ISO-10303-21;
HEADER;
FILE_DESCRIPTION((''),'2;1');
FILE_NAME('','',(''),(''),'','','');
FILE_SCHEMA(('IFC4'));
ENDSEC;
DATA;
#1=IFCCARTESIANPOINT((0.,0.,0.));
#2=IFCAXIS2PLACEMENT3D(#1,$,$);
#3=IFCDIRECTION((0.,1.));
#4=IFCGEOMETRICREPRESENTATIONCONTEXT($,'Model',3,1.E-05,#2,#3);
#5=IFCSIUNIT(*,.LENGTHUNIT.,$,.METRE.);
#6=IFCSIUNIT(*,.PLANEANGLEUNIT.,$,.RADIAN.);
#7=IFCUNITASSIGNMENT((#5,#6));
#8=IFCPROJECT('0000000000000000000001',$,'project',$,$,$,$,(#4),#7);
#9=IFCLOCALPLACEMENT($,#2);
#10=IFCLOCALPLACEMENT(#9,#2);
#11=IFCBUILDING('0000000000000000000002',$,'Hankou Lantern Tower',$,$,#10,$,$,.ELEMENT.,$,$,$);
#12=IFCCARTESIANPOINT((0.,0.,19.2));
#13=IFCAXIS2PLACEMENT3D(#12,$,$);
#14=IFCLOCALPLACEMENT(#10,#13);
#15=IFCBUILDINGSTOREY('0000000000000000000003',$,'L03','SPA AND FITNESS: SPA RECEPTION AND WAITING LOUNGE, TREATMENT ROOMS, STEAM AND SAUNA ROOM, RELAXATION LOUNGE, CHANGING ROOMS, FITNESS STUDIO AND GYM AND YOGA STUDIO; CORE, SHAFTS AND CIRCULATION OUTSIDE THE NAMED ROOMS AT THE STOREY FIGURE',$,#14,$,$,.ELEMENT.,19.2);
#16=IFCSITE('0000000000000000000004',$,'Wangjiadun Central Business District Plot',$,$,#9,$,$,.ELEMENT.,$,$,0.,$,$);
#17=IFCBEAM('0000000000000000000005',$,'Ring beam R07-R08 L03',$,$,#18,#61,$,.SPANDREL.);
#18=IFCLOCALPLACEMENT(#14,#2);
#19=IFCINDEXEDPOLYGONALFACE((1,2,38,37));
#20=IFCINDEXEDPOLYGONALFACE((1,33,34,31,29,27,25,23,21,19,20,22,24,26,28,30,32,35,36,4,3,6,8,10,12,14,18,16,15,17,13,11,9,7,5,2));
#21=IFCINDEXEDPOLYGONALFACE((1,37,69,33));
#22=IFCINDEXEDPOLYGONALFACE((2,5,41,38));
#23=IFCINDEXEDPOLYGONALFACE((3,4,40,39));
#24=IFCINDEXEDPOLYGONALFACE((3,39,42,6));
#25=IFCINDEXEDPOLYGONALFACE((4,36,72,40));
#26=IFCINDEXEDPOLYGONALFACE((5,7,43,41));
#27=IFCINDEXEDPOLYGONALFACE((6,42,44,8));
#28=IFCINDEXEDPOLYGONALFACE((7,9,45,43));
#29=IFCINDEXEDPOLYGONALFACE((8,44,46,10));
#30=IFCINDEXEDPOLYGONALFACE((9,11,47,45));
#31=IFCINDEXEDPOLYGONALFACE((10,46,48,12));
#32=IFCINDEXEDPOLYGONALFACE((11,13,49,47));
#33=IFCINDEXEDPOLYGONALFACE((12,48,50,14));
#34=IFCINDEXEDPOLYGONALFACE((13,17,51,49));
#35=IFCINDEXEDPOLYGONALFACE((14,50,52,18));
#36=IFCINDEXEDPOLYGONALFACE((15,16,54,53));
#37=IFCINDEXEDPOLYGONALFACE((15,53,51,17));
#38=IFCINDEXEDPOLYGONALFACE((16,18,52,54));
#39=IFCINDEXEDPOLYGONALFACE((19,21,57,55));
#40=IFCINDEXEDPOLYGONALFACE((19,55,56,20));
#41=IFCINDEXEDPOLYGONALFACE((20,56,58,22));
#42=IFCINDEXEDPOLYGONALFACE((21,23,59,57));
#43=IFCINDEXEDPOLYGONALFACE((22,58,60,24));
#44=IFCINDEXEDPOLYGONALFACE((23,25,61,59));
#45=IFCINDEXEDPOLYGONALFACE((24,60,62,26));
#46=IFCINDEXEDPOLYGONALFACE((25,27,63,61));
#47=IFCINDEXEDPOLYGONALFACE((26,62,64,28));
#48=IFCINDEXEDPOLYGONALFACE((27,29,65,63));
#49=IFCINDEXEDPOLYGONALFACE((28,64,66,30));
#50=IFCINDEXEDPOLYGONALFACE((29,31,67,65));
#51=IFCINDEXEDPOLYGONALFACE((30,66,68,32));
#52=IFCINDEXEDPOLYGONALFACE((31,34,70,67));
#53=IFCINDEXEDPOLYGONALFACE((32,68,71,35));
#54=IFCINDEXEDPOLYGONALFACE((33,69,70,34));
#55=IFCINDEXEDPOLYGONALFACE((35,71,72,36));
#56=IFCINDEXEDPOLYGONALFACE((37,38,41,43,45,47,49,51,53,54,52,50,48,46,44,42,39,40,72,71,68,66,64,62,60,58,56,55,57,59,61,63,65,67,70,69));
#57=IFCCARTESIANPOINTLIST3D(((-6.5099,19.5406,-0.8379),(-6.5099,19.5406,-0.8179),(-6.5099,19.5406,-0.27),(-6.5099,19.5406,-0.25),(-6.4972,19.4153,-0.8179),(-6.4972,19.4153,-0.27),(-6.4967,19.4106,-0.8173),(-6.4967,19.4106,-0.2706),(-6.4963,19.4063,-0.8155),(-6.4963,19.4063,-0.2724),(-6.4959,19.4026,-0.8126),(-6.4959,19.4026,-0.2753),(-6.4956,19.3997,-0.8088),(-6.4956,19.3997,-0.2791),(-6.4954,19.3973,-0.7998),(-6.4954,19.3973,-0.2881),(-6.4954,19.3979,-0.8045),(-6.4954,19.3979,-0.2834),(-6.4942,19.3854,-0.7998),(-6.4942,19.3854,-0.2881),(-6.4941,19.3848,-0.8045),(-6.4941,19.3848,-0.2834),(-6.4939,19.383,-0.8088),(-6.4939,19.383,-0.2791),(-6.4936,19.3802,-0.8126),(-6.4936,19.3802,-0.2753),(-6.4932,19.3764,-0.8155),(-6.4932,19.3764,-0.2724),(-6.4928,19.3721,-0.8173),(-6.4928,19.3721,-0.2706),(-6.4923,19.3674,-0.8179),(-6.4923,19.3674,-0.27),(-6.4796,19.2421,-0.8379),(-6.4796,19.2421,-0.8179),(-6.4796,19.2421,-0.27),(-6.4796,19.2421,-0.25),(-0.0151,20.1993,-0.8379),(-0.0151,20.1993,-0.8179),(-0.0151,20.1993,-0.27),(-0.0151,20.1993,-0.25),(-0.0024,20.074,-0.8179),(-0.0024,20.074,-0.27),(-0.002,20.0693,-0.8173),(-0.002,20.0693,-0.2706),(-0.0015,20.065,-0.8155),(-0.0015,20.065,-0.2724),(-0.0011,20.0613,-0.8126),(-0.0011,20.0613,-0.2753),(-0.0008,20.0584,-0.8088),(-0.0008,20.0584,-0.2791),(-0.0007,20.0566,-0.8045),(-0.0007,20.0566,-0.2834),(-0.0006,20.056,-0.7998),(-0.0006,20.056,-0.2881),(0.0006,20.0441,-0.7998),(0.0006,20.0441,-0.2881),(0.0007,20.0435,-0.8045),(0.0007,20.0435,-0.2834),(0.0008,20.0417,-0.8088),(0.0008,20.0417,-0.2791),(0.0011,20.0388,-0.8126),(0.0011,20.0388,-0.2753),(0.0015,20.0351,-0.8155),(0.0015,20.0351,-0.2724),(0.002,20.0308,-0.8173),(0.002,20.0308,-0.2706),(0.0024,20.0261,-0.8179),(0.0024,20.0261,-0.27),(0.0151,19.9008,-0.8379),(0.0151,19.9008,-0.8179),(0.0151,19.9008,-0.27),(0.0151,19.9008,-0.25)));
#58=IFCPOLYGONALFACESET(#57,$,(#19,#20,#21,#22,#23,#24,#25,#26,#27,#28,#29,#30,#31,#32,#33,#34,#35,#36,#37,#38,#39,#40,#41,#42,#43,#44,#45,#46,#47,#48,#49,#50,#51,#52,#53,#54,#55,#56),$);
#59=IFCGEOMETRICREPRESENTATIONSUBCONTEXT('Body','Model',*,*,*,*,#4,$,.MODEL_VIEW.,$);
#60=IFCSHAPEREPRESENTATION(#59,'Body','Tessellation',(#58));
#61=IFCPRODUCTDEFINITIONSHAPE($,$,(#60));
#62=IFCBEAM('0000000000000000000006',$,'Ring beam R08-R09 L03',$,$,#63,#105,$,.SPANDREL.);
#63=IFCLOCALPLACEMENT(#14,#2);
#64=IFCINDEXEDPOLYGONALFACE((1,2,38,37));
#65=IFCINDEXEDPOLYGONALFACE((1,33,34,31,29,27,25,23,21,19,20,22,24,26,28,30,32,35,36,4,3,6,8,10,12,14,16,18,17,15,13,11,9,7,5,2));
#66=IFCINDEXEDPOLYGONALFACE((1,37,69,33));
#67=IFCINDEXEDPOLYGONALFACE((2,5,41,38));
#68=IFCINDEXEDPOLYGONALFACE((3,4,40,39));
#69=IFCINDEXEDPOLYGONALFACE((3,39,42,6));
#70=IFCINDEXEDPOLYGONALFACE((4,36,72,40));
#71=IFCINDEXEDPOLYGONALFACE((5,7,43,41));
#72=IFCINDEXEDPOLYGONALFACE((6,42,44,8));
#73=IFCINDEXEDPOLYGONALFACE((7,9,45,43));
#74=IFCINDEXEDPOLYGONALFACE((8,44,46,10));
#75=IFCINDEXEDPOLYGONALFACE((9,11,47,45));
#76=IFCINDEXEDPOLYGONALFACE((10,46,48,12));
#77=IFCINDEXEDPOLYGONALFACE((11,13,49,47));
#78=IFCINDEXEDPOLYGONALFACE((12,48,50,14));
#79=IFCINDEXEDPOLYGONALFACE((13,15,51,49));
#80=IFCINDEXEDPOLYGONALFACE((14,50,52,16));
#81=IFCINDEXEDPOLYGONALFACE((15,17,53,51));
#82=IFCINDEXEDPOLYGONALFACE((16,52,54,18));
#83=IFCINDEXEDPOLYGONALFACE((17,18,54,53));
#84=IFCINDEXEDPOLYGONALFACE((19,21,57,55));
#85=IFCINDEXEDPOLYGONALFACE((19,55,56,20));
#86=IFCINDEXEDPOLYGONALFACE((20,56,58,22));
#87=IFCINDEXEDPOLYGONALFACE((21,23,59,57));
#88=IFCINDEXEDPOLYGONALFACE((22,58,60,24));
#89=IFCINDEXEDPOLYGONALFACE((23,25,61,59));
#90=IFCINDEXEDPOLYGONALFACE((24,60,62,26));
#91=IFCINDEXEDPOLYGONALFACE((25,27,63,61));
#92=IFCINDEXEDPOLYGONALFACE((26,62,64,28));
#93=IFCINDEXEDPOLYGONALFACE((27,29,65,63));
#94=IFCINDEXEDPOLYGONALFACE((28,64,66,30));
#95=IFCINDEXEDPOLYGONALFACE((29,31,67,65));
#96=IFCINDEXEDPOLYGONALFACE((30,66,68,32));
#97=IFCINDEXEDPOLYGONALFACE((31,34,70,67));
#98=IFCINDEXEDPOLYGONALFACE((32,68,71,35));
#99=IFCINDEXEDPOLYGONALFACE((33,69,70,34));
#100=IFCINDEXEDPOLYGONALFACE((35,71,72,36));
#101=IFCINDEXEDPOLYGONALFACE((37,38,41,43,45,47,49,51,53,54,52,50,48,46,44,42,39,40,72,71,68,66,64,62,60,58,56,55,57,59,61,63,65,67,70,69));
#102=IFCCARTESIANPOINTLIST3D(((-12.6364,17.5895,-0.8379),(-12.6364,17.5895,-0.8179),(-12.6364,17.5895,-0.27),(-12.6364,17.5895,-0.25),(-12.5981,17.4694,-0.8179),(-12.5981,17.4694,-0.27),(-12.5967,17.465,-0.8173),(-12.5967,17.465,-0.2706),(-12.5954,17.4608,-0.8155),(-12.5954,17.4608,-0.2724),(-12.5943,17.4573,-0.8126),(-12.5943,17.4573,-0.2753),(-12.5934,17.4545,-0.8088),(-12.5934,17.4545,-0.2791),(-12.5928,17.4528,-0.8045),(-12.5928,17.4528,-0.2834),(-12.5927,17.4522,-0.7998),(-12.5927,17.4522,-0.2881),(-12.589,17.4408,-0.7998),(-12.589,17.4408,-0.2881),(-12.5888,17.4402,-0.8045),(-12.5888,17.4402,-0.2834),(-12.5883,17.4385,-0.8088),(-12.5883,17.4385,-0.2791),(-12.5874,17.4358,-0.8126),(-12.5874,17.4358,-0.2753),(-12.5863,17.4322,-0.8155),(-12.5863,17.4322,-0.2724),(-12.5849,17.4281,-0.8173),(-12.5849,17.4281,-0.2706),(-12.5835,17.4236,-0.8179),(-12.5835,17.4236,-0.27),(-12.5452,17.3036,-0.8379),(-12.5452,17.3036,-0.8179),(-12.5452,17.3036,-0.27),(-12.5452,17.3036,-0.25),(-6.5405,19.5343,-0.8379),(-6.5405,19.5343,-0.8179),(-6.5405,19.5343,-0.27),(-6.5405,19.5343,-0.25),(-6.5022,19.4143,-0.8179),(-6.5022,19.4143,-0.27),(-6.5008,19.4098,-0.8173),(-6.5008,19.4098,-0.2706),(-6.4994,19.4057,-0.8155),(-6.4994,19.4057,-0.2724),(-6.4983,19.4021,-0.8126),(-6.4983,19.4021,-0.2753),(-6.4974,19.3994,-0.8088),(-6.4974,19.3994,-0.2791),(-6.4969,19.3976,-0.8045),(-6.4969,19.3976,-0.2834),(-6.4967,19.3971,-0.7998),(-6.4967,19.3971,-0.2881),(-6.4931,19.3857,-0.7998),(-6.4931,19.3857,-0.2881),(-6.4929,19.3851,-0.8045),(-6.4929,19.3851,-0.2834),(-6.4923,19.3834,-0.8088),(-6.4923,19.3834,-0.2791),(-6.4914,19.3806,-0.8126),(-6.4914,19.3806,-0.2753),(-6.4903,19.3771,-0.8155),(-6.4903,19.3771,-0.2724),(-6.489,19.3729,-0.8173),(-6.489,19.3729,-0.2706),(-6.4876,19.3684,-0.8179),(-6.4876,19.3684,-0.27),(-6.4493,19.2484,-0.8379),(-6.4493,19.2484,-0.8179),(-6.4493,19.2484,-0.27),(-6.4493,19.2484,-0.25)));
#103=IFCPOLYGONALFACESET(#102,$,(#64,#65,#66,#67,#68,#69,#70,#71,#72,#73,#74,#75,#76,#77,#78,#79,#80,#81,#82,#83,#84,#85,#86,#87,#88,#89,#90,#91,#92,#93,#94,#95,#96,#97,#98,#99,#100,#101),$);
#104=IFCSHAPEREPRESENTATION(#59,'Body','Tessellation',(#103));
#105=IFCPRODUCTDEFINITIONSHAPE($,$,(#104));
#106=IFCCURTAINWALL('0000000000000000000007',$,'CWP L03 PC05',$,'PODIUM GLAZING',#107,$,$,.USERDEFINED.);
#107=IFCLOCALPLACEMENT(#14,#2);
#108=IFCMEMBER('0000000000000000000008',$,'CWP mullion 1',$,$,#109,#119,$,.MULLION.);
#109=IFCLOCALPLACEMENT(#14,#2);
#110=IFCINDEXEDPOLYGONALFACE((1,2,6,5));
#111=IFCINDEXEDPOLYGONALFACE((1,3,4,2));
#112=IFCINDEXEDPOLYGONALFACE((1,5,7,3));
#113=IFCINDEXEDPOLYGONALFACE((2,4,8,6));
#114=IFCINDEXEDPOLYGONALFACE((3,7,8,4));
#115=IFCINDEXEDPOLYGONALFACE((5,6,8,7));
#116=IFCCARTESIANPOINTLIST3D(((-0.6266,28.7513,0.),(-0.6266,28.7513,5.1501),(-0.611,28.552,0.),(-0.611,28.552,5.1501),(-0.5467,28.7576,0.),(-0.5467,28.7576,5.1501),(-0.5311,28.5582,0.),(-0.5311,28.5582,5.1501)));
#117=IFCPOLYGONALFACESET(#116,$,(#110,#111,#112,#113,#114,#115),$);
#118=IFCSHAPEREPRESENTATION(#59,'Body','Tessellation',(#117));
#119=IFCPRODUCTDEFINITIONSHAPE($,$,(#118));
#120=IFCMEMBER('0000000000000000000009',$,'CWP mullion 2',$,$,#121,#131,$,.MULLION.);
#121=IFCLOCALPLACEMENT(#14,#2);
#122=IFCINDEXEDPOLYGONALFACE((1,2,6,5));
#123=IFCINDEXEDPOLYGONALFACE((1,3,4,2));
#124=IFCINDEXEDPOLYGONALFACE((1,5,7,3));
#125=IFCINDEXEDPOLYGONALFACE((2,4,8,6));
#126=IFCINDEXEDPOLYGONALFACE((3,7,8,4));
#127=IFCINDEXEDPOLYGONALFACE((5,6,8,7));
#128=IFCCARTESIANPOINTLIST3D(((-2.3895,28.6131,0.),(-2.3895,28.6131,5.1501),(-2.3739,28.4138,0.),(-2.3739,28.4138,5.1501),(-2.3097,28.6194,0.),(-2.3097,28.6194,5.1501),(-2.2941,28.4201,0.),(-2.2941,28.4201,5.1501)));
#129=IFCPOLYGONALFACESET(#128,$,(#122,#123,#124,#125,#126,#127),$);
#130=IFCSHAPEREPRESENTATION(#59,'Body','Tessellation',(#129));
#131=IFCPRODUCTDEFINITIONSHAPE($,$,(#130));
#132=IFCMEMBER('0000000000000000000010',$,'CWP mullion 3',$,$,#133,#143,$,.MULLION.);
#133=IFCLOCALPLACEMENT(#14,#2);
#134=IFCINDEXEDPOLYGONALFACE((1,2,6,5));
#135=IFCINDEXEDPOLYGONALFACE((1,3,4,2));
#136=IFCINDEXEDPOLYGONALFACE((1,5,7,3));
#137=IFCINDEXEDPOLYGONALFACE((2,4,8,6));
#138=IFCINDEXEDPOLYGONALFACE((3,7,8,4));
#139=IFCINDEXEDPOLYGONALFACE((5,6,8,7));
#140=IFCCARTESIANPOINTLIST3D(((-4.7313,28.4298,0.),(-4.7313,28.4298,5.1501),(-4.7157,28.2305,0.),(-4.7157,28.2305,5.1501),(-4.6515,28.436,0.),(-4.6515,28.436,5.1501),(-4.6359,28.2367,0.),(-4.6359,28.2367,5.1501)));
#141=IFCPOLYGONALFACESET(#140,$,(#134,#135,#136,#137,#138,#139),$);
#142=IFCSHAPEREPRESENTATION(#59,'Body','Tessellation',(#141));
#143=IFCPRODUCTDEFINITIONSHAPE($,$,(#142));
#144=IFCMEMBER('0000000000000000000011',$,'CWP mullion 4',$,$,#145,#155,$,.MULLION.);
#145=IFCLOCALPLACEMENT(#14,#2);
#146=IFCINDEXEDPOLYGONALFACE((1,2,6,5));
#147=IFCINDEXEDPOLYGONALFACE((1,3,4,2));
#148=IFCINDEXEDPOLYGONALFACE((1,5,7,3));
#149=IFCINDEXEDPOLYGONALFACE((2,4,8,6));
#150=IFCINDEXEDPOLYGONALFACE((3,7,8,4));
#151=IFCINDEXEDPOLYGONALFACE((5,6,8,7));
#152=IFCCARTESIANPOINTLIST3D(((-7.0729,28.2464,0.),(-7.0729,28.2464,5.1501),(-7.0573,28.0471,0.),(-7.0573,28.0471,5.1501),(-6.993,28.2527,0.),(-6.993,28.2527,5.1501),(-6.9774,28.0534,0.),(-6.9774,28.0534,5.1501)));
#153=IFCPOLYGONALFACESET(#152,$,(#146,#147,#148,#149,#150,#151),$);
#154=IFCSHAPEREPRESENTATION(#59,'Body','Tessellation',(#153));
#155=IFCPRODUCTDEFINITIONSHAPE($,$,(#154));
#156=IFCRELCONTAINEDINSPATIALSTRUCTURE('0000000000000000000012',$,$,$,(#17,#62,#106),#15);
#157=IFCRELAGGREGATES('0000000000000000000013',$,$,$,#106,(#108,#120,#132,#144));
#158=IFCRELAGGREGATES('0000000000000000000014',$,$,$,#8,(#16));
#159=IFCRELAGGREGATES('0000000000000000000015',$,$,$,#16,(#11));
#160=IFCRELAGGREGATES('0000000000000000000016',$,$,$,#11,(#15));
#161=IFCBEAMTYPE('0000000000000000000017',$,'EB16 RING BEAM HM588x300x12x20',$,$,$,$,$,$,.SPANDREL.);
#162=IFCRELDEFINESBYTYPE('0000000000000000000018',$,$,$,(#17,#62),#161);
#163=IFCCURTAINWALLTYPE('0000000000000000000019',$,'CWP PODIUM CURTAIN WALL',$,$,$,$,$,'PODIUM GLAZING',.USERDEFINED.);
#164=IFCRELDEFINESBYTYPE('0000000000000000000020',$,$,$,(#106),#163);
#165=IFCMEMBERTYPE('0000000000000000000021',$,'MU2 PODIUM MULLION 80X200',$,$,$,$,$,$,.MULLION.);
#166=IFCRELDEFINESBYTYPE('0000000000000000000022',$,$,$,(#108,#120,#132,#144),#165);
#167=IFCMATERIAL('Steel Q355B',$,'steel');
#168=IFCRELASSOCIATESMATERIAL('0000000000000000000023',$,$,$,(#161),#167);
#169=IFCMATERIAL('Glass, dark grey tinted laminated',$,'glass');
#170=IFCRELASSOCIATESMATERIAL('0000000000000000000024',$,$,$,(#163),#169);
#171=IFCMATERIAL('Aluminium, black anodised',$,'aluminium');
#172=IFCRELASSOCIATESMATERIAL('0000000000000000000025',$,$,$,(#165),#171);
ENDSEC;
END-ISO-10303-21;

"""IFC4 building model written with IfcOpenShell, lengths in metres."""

from ifc_helpers import new_model, si_unit, direction, frame, origin, origin_2d, place, context, subcontext, project, spatial, rectangle, i_section, extrude, material, material_profile, profile_set, type_object, element, aggregate, save


model = new_model("IFC4")

# Units and contexts
model_context = context("Model", 3, precision=1e-05, world=origin(), true_north=direction((0.0, 1.0)))
body_context = subcontext(model_context, "Body", "Model", "MODEL_VIEW")
ifc_project = project(units=[si_unit("LENGTHUNIT", "METRE"), si_unit("PLANEANGLEUNIT", "RADIAN")], contexts=[model_context])

# Site, building, storey
site_placement = place(None, origin())
site = spatial("IfcSite", under=ifc_project, at=site_placement, Name="Wangjiadun Central Business District Plot", CompositionType="ELEMENT", RefElevation=0.0)
building_placement = place(site_placement, origin())
building = spatial("IfcBuilding", under=site, at=building_placement, Name="Hankou Lantern Tower", CompositionType="ELEMENT")
storey_placement = place(building_placement, frame((0.0, 0.0, 19.2)))
storey = spatial("IfcBuildingStorey", under=building, at=storey_placement, Name="L03", Description="SPA AND FITNESS: SPA RECEPTION AND WAITING LOUNGE, TREATMENT ROOMS, STEAM AND SAUNA ROOM, RELAXATION LOUNGE, CHANGING ROOMS, FITNESS STUDIO AND GYM AND YOGA STUDIO; CORE, SHAFTS AND CIRCULATION OUTSIDE THE NAMED ROOMS AT THE STOREY FIGURE", CompositionType="ELEMENT", Elevation=19.2)

# Beams
ifc_material_1 = material(Name="Steel Q355B", Category="steel")
ifc_material_profile_1 = material_profile(ifc_material_1, i_section(OverallWidth=0.3, OverallDepth=0.5879, WebThickness=0.012, FlangeThickness=0.02, FilletRadius=0.0181, at=origin_2d()), Name="HM588x300x12x20")
ifc_profile_set_1 = profile_set([ifc_material_profile_1], Name="Steel Q355B")
beam_type_1 = type_object("IfcBeamType", Name="EB16 RING BEAM HM588x300x12x20", PredefinedType="SPANDREL", material=ifc_profile_set_1)
beam_1_placement = place(storey_placement, frame((0.0, 20.05, -0.5439), z_axis=(-0.994897, -0.1009, 0.0), x_axis=(0.1009, -0.994897, 0.0)))
element("IfcBeam", 1, at=beam_1_placement, inside=storey, type_object=beam_type_1, Name="Ring beam R07-R08 L03", PredefinedType="SPANDREL", context=body_context, shape_type="SweptSolid", body=[
    extrude(i_section(OverallWidth=0.3, OverallDepth=0.5879, WebThickness=0.012, FlangeThickness=0.02, FilletRadius=0.0181, at=origin_2d()), origin(), (0.0, 0.0, 1.0), 6.5281),
])
beam_2_placement = place(storey_placement, frame((-6.4949, 19.3914, -0.5439), z_axis=(-0.95269, -0.303942, 0.0), x_axis=(0.303942, -0.95269, 0.0)))
element("IfcBeam", 2, at=beam_2_placement, inside=storey, type_object=beam_type_1, Name="Ring beam R08-R09 L03", PredefinedType="SPANDREL", context=body_context, shape_type="SweptSolid", body=[
    extrude(i_section(OverallWidth=0.3, OverallDepth=0.5879, WebThickness=0.012, FlangeThickness=0.02, FilletRadius=0.0181, at=origin_2d()), origin(), (0.0, 0.0, 1.0), 6.3987),
])

# Curtain wall, members
ifc_material_2 = material(Name="Glass, dark grey tinted laminated", Category="glass")
curtain_wall_type = type_object("IfcCurtainWallType", Name="CWP PODIUM CURTAIN WALL", ElementType="PODIUM GLAZING", PredefinedType="USERDEFINED", material=ifc_material_2)
curtain_wall_placement = place(storey_placement, origin())
curtain_wall = element("IfcCurtainWall", 3, at=curtain_wall_placement, inside=storey, type_object=curtain_wall_type, Name="CWP L03 PC05", ObjectType="PODIUM GLAZING", PredefinedType="USERDEFINED")
ifc_material_3 = material(Name="Aluminium, black anodised", Category="aluminium")
ifc_material_profile_2 = material_profile(ifc_material_3, rectangle(XDim=0.0801, YDim=0.2, at=origin_2d()), Name="MU2 80X200")
ifc_profile_set_2 = profile_set([ifc_material_profile_2], Name="Aluminium, black anodised")
member_type_1 = type_object("IfcMemberType", Name="MU2 PODIUM MULLION 80X200", PredefinedType="MULLION", material=ifc_profile_set_2)
member_1_placement = place(storey_placement, frame((-0.5789, 28.6548, 0.0), z_axis=(0.0, 0.0, 1.0), x_axis=(-0.996949, -0.078062, 0.0)))
member_1 = element("IfcMember", 4, at=member_1_placement, type_object=member_type_1, Name="CWP mullion 1", PredefinedType="MULLION", context=body_context, shape_type="SweptSolid", body=[
    extrude(rectangle(XDim=0.0801, YDim=0.2, at=origin_2d()), origin(), (0.0, 0.0, 1.0), 5.1501),
])
member_2_placement = place(storey_placement, frame((-2.3418, 28.5166, 0.0), z_axis=(0.0, 0.0, 1.0), x_axis=(-0.996949, -0.078062, 0.0)))
member_2 = element("IfcMember", 5, at=member_2_placement, type_object=member_type_1, Name="CWP mullion 2", PredefinedType="MULLION", context=body_context, shape_type="SweptSolid", body=[
    extrude(rectangle(XDim=0.0801, YDim=0.2, at=origin_2d()), origin(), (0.0, 0.0, 1.0), 5.1501),
])
member_3_placement = place(storey_placement, frame((-4.6836, 28.3333, 0.0), z_axis=(0.0, 0.0, 1.0), x_axis=(-0.996949, -0.078062, 0.0)))
member_3 = element("IfcMember", 6, at=member_3_placement, type_object=member_type_1, Name="CWP mullion 3", PredefinedType="MULLION", context=body_context, shape_type="SweptSolid", body=[
    extrude(rectangle(XDim=0.0801, YDim=0.2, at=origin_2d()), origin(), (0.0, 0.0, 1.0), 5.1501),
])
member_4_placement = place(storey_placement, frame((-7.0251, 28.1499, 0.0), z_axis=(0.0, 0.0, 1.0), x_axis=(-0.996949, -0.078062, 0.0)))
member_4 = element("IfcMember", 7, at=member_4_placement, type_object=member_type_1, Name="CWP mullion 4", PredefinedType="MULLION", context=body_context, shape_type="SweptSolid", body=[
    extrude(rectangle(XDim=0.0801, YDim=0.2, at=origin_2d()), origin(), (0.0, 0.0, 1.0), 5.1501),
])

aggregate(curtain_wall, [member_1, member_2, member_3, member_4])

save(model, "model.ifc")
